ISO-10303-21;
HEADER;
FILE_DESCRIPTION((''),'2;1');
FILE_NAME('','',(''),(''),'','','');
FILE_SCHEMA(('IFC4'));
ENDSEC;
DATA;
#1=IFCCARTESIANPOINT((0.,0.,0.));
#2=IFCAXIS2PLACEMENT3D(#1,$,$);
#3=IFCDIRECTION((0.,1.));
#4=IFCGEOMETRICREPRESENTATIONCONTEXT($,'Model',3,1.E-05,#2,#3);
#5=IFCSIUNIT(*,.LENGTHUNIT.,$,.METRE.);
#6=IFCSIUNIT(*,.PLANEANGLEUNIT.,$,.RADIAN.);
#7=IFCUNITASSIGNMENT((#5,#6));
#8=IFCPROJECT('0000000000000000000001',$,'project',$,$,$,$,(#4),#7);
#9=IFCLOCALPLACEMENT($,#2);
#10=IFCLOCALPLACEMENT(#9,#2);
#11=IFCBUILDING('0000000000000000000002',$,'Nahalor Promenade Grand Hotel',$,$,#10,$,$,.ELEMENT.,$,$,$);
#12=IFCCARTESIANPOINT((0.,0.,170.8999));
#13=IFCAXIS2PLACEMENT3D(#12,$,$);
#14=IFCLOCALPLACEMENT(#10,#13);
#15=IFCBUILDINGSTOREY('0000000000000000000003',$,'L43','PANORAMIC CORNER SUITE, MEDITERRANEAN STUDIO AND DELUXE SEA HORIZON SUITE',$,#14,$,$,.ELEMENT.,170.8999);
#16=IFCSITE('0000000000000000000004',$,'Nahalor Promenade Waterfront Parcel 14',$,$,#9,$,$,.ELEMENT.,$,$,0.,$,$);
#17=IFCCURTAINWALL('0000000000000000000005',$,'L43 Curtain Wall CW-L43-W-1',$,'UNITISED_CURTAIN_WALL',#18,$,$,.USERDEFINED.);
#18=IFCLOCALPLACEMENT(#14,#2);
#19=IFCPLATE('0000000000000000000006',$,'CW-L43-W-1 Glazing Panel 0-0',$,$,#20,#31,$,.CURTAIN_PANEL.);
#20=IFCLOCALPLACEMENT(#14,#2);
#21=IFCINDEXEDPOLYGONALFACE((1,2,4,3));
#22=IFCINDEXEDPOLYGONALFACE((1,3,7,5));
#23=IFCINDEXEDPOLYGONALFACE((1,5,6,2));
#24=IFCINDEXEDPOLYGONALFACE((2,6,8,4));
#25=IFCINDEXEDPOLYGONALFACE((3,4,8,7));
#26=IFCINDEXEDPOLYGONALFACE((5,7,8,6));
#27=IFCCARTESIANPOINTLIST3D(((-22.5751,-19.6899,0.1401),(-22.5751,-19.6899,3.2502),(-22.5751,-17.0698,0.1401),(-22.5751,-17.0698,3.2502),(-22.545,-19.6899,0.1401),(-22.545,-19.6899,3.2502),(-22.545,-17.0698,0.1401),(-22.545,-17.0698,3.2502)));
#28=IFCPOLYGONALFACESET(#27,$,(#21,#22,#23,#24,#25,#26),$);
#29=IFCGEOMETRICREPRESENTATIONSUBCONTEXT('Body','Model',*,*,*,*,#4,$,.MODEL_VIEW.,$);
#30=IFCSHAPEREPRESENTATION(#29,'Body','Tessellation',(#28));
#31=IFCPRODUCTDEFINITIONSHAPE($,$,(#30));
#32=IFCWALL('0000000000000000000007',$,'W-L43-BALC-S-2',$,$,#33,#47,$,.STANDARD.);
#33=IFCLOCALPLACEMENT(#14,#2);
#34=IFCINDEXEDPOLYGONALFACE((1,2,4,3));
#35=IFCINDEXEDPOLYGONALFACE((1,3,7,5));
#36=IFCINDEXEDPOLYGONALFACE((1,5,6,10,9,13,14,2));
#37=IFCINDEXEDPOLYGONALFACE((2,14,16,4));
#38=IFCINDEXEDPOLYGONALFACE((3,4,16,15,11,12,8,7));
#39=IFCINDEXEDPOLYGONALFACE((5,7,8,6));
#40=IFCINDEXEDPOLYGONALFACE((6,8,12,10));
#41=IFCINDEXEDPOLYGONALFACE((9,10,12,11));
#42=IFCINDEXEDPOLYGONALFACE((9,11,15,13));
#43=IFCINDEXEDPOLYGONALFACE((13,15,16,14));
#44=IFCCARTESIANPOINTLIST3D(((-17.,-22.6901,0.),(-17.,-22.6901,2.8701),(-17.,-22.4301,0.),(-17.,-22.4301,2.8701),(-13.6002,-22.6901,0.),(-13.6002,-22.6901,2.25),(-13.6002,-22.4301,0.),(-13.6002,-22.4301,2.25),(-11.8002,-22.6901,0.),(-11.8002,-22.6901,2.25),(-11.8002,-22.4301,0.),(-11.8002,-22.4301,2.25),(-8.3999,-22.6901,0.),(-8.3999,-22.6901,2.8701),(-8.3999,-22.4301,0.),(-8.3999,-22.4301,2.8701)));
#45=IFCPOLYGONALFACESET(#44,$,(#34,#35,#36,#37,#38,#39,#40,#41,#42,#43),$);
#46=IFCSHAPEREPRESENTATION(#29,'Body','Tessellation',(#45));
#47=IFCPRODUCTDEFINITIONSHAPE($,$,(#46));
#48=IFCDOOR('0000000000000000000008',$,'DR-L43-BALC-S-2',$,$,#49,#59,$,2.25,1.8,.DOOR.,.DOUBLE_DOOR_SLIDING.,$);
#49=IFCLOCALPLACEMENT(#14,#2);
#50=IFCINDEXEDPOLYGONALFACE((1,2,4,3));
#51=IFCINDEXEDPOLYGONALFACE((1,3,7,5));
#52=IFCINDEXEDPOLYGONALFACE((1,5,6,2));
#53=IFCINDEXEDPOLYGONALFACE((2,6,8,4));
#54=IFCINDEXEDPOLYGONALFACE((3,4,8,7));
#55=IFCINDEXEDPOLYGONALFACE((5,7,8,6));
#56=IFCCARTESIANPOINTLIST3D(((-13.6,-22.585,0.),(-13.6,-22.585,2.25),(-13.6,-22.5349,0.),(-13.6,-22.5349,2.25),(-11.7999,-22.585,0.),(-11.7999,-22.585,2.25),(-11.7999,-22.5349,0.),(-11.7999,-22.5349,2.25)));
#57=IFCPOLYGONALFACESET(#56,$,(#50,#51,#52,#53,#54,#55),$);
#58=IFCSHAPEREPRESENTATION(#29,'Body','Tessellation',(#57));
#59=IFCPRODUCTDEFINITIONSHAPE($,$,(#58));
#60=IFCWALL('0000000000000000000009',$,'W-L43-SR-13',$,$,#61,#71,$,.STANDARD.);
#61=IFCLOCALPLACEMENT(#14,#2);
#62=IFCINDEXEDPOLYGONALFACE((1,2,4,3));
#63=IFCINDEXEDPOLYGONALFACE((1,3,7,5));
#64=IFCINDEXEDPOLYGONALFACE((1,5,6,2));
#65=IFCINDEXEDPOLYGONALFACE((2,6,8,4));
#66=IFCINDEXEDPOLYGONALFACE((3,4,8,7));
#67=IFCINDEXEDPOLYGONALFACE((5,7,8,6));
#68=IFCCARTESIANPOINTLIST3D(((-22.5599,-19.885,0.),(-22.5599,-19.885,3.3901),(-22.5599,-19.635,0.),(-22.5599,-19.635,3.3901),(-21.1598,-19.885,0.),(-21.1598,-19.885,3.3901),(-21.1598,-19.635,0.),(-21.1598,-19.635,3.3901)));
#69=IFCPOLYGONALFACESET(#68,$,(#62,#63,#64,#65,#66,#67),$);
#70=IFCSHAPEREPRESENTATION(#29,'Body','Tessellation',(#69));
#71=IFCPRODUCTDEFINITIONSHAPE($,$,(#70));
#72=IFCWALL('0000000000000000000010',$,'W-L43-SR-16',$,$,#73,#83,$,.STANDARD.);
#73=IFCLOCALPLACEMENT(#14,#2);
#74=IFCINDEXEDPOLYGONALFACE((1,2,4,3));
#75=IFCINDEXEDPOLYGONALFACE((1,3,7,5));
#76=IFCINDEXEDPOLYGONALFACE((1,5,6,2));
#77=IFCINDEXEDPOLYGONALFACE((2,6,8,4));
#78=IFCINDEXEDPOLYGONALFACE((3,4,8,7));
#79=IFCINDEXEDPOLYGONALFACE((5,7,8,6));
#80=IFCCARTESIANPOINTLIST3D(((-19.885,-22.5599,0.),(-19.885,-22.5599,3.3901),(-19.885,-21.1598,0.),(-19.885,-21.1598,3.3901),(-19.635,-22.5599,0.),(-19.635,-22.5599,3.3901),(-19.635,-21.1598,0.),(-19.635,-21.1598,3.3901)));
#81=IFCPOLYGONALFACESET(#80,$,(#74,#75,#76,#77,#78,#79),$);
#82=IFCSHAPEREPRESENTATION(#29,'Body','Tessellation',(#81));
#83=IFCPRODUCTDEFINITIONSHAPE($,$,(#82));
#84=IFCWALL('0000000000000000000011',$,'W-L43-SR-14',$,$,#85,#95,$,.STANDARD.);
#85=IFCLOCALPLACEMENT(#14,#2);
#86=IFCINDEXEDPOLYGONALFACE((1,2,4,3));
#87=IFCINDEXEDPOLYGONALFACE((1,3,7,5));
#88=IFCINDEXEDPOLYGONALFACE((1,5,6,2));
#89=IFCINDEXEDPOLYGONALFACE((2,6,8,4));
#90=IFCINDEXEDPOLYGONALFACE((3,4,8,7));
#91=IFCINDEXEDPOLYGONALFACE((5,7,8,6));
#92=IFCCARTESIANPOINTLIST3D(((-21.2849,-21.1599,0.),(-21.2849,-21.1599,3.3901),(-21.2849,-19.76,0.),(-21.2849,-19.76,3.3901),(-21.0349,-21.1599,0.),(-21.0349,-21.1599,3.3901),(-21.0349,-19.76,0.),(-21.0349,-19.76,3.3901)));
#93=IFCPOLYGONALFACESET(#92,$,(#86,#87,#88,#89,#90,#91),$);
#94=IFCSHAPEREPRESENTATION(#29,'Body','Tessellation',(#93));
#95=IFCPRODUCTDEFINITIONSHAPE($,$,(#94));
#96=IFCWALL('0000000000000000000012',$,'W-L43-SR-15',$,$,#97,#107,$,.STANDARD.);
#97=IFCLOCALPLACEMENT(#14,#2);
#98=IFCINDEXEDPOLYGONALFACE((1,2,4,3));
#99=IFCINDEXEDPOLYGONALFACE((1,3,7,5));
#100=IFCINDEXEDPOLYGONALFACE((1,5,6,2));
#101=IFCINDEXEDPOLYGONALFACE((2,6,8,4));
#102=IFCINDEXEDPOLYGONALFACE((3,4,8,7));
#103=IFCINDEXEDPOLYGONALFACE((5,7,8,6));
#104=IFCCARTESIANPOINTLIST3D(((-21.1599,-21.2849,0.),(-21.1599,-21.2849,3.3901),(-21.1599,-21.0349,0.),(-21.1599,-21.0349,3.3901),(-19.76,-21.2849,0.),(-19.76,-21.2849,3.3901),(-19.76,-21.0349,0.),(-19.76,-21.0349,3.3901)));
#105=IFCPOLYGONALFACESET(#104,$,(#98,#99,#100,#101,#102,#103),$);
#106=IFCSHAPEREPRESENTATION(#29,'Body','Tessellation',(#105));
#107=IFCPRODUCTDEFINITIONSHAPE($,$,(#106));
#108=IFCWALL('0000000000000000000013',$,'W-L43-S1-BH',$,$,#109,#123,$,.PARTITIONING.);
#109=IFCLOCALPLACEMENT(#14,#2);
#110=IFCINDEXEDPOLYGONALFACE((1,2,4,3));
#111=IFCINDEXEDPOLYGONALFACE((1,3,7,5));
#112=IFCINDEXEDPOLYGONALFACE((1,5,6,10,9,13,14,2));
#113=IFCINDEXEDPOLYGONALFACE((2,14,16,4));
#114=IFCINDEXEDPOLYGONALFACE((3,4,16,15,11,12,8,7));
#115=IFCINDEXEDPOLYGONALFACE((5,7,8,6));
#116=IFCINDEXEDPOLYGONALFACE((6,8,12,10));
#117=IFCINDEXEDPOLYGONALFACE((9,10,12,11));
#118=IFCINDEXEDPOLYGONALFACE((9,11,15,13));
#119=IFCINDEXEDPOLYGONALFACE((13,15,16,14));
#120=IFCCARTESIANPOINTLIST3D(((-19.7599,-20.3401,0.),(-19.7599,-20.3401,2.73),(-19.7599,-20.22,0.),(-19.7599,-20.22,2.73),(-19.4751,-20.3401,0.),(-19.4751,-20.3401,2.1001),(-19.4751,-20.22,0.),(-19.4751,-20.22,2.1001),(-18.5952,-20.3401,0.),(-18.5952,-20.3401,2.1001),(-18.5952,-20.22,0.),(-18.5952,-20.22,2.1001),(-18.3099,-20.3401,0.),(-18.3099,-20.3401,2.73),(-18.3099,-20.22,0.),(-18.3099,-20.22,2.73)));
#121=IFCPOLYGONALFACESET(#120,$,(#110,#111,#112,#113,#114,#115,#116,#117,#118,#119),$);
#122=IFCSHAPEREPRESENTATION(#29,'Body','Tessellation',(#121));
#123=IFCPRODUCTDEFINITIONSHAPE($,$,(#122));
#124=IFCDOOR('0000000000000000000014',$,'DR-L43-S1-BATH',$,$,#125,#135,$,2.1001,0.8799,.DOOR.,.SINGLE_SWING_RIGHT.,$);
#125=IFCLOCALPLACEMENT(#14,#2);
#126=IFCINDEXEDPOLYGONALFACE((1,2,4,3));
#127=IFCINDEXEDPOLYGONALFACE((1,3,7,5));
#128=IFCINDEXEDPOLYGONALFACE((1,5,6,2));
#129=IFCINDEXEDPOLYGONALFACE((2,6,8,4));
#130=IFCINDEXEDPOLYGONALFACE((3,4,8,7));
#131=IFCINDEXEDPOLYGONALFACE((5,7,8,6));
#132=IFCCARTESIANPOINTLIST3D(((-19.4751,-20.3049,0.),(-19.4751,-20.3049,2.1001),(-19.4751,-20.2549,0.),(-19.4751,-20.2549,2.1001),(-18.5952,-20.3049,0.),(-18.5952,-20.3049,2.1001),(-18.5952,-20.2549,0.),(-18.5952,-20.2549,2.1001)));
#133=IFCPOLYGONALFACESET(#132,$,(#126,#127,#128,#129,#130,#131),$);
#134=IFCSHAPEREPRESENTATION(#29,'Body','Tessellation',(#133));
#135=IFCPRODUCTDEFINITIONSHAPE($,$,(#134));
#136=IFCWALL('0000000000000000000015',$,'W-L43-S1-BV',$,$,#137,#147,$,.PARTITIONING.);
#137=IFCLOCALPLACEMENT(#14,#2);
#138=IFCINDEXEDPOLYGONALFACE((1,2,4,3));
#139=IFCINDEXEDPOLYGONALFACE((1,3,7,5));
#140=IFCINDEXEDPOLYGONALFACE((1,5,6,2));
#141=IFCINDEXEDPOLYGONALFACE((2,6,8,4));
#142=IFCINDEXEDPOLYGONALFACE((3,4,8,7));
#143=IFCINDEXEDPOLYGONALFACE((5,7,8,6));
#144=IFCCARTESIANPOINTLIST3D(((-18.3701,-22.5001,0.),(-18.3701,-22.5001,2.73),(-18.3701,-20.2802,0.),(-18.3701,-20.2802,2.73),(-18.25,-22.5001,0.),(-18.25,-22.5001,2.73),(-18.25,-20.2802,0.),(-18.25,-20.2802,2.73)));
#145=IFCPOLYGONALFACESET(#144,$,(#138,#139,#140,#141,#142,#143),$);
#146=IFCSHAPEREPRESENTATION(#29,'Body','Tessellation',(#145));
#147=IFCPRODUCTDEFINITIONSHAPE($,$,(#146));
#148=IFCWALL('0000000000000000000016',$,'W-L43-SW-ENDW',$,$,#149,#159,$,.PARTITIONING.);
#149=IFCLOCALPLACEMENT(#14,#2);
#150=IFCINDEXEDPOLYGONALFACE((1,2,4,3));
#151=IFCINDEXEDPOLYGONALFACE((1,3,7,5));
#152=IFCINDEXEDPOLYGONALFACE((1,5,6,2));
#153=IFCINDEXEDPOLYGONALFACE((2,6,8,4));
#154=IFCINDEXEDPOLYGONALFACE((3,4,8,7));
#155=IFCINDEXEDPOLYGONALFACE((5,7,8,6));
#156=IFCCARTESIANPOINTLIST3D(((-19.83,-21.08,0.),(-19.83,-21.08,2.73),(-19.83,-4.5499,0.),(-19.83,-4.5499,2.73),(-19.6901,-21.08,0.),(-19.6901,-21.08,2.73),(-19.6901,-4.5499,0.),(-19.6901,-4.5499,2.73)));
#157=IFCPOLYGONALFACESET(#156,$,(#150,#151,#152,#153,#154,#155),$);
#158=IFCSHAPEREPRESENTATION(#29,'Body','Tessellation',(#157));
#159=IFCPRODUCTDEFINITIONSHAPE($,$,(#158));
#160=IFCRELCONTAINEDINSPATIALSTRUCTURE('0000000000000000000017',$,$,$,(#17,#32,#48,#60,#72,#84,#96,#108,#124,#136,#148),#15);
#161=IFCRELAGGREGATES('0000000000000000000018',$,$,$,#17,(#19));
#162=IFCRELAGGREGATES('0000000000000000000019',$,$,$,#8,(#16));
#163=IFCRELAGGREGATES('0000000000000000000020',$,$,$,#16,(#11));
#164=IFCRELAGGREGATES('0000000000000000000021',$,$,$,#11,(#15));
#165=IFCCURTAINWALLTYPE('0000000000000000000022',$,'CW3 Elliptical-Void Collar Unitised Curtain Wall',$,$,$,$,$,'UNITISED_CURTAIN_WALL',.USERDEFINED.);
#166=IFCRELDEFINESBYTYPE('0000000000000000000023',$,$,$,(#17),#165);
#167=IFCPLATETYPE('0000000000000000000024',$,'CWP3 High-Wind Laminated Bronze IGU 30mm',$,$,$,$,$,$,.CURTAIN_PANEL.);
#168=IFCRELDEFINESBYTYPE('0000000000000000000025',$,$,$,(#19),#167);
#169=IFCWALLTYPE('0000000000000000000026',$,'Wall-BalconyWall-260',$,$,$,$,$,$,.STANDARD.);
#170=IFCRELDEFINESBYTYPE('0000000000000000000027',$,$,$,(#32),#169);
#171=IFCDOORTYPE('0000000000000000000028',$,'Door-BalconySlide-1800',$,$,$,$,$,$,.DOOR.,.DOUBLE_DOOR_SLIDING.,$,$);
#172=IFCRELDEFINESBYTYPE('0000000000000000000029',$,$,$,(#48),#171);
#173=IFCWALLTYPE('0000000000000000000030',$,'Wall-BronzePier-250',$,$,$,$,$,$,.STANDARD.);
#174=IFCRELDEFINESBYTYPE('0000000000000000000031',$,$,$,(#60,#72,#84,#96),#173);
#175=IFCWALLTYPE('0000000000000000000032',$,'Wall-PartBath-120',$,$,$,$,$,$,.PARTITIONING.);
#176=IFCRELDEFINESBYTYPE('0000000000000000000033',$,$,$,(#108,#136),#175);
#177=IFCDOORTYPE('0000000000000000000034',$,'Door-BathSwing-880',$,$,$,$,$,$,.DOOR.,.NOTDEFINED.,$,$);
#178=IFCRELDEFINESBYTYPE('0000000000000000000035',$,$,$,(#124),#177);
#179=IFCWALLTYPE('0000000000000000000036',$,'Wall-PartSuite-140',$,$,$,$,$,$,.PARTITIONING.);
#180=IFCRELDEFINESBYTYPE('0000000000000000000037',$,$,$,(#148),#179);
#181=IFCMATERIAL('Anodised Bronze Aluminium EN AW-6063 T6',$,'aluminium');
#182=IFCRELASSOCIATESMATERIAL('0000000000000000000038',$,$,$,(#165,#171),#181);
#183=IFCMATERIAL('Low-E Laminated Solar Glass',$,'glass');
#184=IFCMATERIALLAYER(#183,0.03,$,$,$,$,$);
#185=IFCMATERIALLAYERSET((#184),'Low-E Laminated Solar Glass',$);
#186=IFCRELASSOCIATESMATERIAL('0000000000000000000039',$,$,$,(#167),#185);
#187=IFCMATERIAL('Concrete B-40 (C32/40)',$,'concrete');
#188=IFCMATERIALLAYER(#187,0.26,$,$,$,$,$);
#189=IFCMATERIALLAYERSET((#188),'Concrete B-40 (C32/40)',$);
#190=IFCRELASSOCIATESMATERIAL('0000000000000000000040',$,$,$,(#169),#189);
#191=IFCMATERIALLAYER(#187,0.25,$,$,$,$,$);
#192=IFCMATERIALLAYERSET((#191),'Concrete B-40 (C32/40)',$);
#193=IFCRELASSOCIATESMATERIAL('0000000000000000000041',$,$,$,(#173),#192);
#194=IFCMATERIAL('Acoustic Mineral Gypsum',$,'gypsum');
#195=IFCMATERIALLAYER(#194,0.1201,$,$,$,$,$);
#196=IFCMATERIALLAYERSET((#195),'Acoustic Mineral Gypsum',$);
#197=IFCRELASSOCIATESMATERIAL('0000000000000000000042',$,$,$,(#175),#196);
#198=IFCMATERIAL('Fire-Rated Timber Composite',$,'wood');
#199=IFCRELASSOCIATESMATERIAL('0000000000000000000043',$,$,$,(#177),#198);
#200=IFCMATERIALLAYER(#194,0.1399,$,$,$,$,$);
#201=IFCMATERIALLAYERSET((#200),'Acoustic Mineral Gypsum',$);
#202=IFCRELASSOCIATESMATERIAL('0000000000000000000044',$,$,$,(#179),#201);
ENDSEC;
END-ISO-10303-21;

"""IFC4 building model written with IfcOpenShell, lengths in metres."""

from ifc_helpers import new_model, si_unit, direction, frame, frame_2d, origin, origin_2d, place, context, subcontext, project, spatial, rectangle, extrude, source, transform, mapped, material, layer, layer_set, type_object, element, fill, aggregate, save


model = new_model("IFC4")

# Units and contexts
model_context = context("Model", 3, precision=1e-05, world=origin(), true_north=direction((0.0, 1.0)))
body_context = subcontext(model_context, "Body", "Model", "MODEL_VIEW")
ifc_project = project(units=[si_unit("LENGTHUNIT", "METRE"), si_unit("PLANEANGLEUNIT", "RADIAN")], contexts=[model_context])

# Site, building, storey
site_placement = place(None, origin())
site = spatial("IfcSite", under=ifc_project, at=site_placement, Name="Nahalor Promenade Waterfront Parcel 14", CompositionType="ELEMENT", RefElevation=0.0)
building_placement = place(site_placement, origin())
building = spatial("IfcBuilding", under=site, at=building_placement, Name="Nahalor Promenade Grand Hotel", CompositionType="ELEMENT")
storey_placement = place(building_placement, frame((0.0, 0.0, 170.8999)))
storey = spatial("IfcBuildingStorey", under=building, at=storey_placement, Name="L43", Description="PANORAMIC CORNER SUITE, MEDITERRANEAN STUDIO AND DELUXE SEA HORIZON SUITE", CompositionType="ELEMENT", Elevation=170.8999)

# Curtain wall
ifc_material_1 = material(Name="Anodised Bronze Aluminium EN AW-6063 T6", Category="aluminium")
curtain_wall_type = type_object("IfcCurtainWallType", Name="CW3 Elliptical-Void Collar Unitised Curtain Wall", ElementType="UNITISED_CURTAIN_WALL", PredefinedType="USERDEFINED", material=ifc_material_1)
curtain_wall_1_placement = place(storey_placement, origin())
curtain_wall_1 = element("IfcCurtainWall", 1, at=curtain_wall_1_placement, inside=storey, type_object=curtain_wall_type, Name="L43 Curtain Wall CW-L43-W-1", ObjectType="UNITISED_CURTAIN_WALL", PredefinedType="USERDEFINED")

# Plate
ifc_material_2 = material(Name="Low-E Laminated Solar Glass", Category="glass")
ifc_layer_1 = layer(ifc_material_2, 0.03)
ifc_layer_set_1 = layer_set([ifc_layer_1], Name="Low-E Laminated Solar Glass")
plate_type = type_object("IfcPlateType", Name="CWP3 High-Wind Laminated Bronze IGU 30mm", PredefinedType="CURTAIN_PANEL", material=ifc_layer_set_1)
shared_shape_1 = source(origin(), body_context, "Body", "SweptSolid", [
    extrude(rectangle(XDim=2.6201, YDim=0.03, at=origin_2d()), origin(), (0.0, 0.0, 1.0), 3.1101),
])
plate_1_placement = place(storey_placement, frame((-22.5601, -18.3799, 0.1401), z_axis=(0.0, 0.0, 1.0), x_axis=(0.0, 1.0, 0.0)))
plate_1 = element("IfcPlate", 2, at=plate_1_placement, type_object=plate_type, Name="CW-L43-W-1 Glazing Panel 0-0", PredefinedType="CURTAIN_PANEL", context=body_context, shape_type="MappedRepresentation", body=[
    mapped(shared_shape_1, transform((0.0, 0.0, 0.0), scale=1.0)),
])
aggregate(curtain_wall_1, [plate_1])

# Wall, opening, door
ifc_material_3 = material(Name="Concrete B-40 (C32/40)", Category="concrete")
ifc_layer_2 = layer(ifc_material_3, 0.26)
ifc_layer_set_2 = layer_set([ifc_layer_2], Name="Concrete B-40 (C32/40)")
wall_type_1 = type_object("IfcWallType", Name="Wall-BalconyWall-260", PredefinedType="STANDARD", material=ifc_layer_set_2)
shared_shape_2 = source(origin(), body_context, "Body", "SweptSolid", [
    extrude(rectangle(XDim=8.6001, YDim=0.26, at=frame_2d((4.3, 0.0))), origin(), (0.0, 0.0, 1.0), 2.8701),
])
wall_1_placement = place(storey_placement, frame((-17.0, -22.5601, 0.0), z_axis=(0.0, 0.0, 1.0), x_axis=(1.0, 0.0, 0.0)))
wall_1 = element("IfcWall", 3, at=wall_1_placement, inside=storey, type_object=wall_type_1, Name="W-L43-BALC-S-2", PredefinedType="STANDARD", context=body_context, shape_type="MappedRepresentation", body=[
    mapped(shared_shape_2, transform((0.0, 0.0, 0.0), scale=1.0)),
])
opening_1_placement = place(wall_1_placement, frame((3.3999, 0.0, 0.0)))
opening_1 = element("IfcOpeningElement", 4, at=opening_1_placement, cuts=wall_1, PredefinedType="OPENING", context=body_context, shape_type="SweptSolid", body=[
    extrude(rectangle(XDim=1.8, YDim=2.25, at=frame_2d((0.8999, 1.125))), frame((0.0, 0.1399, 0.0), z_axis=(0.0, -1.0, 0.0), x_axis=(1.0, 0.0, 0.0)), (0.0, 0.0, 1.0), 0.28),
])
door_type_1 = type_object("IfcDoorType", Name="Door-BalconySlide-1800", OperationType="DOUBLE_DOOR_SLIDING", PredefinedType="DOOR", material=ifc_material_1)
shared_shape_3 = source(origin(), body_context, "Body", "SweptSolid", [
    extrude(rectangle(XDim=1.8, YDim=2.25, at=frame_2d((0.8999, 1.125))), frame((0.0, 0.0249, 0.0), z_axis=(0.0, -1.0, 0.0), x_axis=(1.0, 0.0, 0.0)), (0.0, 0.0, 1.0), 0.05),
])
door_1_placement = place(opening_1_placement, frame((1.8, 0.0, 0.0), z_axis=(0.0, 0.0, 1.0), x_axis=(-1.0, 0.0, 0.0)))
door_1 = element("IfcDoor", 5, at=door_1_placement, inside=storey, type_object=door_type_1, Name="DR-L43-BALC-S-2", OperationType="DOUBLE_DOOR_SLIDING", OverallHeight=2.25, OverallWidth=1.8, PredefinedType="DOOR", context=body_context, shape_type="MappedRepresentation", body=[
    mapped(shared_shape_3, transform((0.0, 0.0, 0.0), scale=1.0)),
])
fill(opening_1, door_1)

# Walls
ifc_layer_3 = layer(ifc_material_3, 0.25)
ifc_layer_set_3 = layer_set([ifc_layer_3], Name="Concrete B-40 (C32/40)")
wall_type_2 = type_object("IfcWallType", Name="Wall-BronzePier-250", PredefinedType="STANDARD", material=ifc_layer_set_3)
shared_shape_4 = source(origin(), body_context, "Body", "SweptSolid", [
    extrude(rectangle(XDim=1.4001, YDim=0.25, at=frame_2d((0.7002, 0.0))), origin(), (0.0, 0.0, 1.0), 3.3901),
])
for number, where, z_axis, x_axis, name in (
    (6, (-22.5601, -19.76, 0.0), (0.0, 0.0, 1.0), (1.0, 0.0, 0.0), "W-L43-SR-13"),
    (7, (-19.76, -22.5601, 0.0), (0.0, 0.0, 1.0), (0.0, 1.0, 0.0), "W-L43-SR-16"),
):
    element("IfcWall", number, at=place(storey_placement, frame(where, z_axis=z_axis, x_axis=x_axis)), inside=storey, type_object=wall_type_2, Name=name, PredefinedType="STANDARD", context=body_context, shape_type="MappedRepresentation", body=[
        mapped(shared_shape_4, transform((0.0, 0.0, 0.0), scale=1.0)),
    ])
shared_shape_5 = source(origin(), body_context, "Body", "SweptSolid", [
    extrude(rectangle(XDim=1.3999, YDim=0.25, at=frame_2d((0.7, 0.0))), origin(), (0.0, 0.0, 1.0), 3.3901),
])
for number, where, z_axis, x_axis, name in (
    (8, (-21.1599, -21.1599, 0.0), (0.0, 0.0, 1.0), (0.0, 1.0, 0.0), "W-L43-SR-14"),
    (9, (-21.1599, -21.1599, 0.0), (0.0, 0.0, 1.0), (1.0, 0.0, 0.0), "W-L43-SR-15"),
):
    element("IfcWall", number, at=place(storey_placement, frame(where, z_axis=z_axis, x_axis=x_axis)), inside=storey, type_object=wall_type_2, Name=name, PredefinedType="STANDARD", context=body_context, shape_type="MappedRepresentation", body=[
        mapped(shared_shape_5, transform((0.0, 0.0, 0.0), scale=1.0)),
    ])

# Wall, opening, door
ifc_material_4 = material(Name="Acoustic Mineral Gypsum", Category="gypsum")
ifc_layer_4 = layer(ifc_material_4, 0.1201)
ifc_layer_set_4 = layer_set([ifc_layer_4], Name="Acoustic Mineral Gypsum")
wall_type_3 = type_object("IfcWallType", Name="Wall-PartBath-120", PredefinedType="PARTITIONING", material=ifc_layer_set_4)
shared_shape_6 = source(origin(), body_context, "Body", "SweptSolid", [
    extrude(rectangle(XDim=1.45, YDim=0.1201, at=frame_2d((0.7251, 0.0))), origin(), (0.0, 0.0, 1.0), 2.73),
])
wall_2_placement = place(storey_placement, frame((-19.76, -20.28, 0.0), z_axis=(0.0, 0.0, 1.0), x_axis=(1.0, 0.0, 0.0)))
wall_2 = element("IfcWall", 10, at=wall_2_placement, inside=storey, type_object=wall_type_3, Name="W-L43-S1-BH", PredefinedType="PARTITIONING", context=body_context, shape_type="MappedRepresentation", body=[
    mapped(shared_shape_6, transform((0.0, 0.0, 0.0), scale=1.0)),
])
opening_2_placement = place(wall_2_placement, frame((0.2849, 0.0, 0.0)))
opening_2 = element("IfcOpeningElement", 11, at=opening_2_placement, cuts=wall_2, PredefinedType="OPENING", context=body_context, shape_type="SweptSolid", body=[
    extrude(rectangle(XDim=0.8799, YDim=2.1001, at=frame_2d((0.4399, 1.05))), frame((0.0, 0.0701, 0.0), z_axis=(0.0, -1.0, 0.0), x_axis=(1.0, 0.0, 0.0)), (0.0, 0.0, 1.0), 0.1401),
])
ifc_material_5 = material(Name="Fire-Rated Timber Composite", Category="wood")
door_type_2 = type_object("IfcDoorType", Name="Door-BathSwing-880", OperationType="NOTDEFINED", PredefinedType="DOOR", material=ifc_material_5)
shared_shape_7 = source(origin(), body_context, "Body", "SweptSolid", [
    extrude(rectangle(XDim=0.8799, YDim=2.1001, at=frame_2d((0.4399, 1.05))), frame((0.0, 0.0249, 0.0), z_axis=(0.0, -1.0, 0.0), x_axis=(1.0, 0.0, 0.0)), (0.0, 0.0, 1.0), 0.05),
])
door_2_placement = place(opening_2_placement, frame((0.8799, 0.0, 0.0), z_axis=(0.0, 0.0, 1.0), x_axis=(-1.0, 0.0, 0.0)))
door_2 = element("IfcDoor", 12, at=door_2_placement, inside=storey, type_object=door_type_2, Name="DR-L43-S1-BATH", OperationType="SINGLE_SWING_RIGHT", OverallHeight=2.1001, OverallWidth=0.8799, PredefinedType="DOOR", context=body_context, shape_type="MappedRepresentation", body=[
    mapped(shared_shape_7, transform((0.0, 0.0, 0.0), scale=1.0)),
])
fill(opening_2, door_2)

# Walls
shared_shape_8 = source(origin(), body_context, "Body", "SweptSolid", [
    extrude(rectangle(XDim=2.22, YDim=0.1201, at=frame_2d((1.1099, 0.0))), origin(), (0.0, 0.0, 1.0), 2.73),
])
wall_3_placement = place(storey_placement, frame((-18.3101, -22.5, 0.0), z_axis=(0.0, 0.0, 1.0), x_axis=(0.0, 1.0, 0.0)))
element("IfcWall", 13, at=wall_3_placement, inside=storey, type_object=wall_type_3, Name="W-L43-S1-BV", PredefinedType="PARTITIONING", context=body_context, shape_type="MappedRepresentation", body=[
    mapped(shared_shape_8, transform((0.0, 0.0, 0.0), scale=1.0)),
])
ifc_layer_5 = layer(ifc_material_4, 0.1399)
ifc_layer_set_5 = layer_set([ifc_layer_5], Name="Acoustic Mineral Gypsum")
wall_type_4 = type_object("IfcWallType", Name="Wall-PartSuite-140", PredefinedType="PARTITIONING", material=ifc_layer_set_5)
shared_shape_9 = source(origin(), body_context, "Body", "SweptSolid", [
    extrude(rectangle(XDim=16.53, YDim=0.1399, at=frame_2d((8.2651, 0.0))), origin(), (0.0, 0.0, 1.0), 2.73),
])
wall_4_placement = place(storey_placement, frame((-19.76, -21.0801, 0.0), z_axis=(0.0, 0.0, 1.0), x_axis=(0.0, 1.0, 0.0)))
element("IfcWall", 14, at=wall_4_placement, inside=storey, type_object=wall_type_4, Name="W-L43-SW-ENDW", PredefinedType="PARTITIONING", context=body_context, shape_type="MappedRepresentation", body=[
    mapped(shared_shape_9, transform((0.0, 0.0, 0.0), scale=1.0)),
])

save(model, "model.ifc")
